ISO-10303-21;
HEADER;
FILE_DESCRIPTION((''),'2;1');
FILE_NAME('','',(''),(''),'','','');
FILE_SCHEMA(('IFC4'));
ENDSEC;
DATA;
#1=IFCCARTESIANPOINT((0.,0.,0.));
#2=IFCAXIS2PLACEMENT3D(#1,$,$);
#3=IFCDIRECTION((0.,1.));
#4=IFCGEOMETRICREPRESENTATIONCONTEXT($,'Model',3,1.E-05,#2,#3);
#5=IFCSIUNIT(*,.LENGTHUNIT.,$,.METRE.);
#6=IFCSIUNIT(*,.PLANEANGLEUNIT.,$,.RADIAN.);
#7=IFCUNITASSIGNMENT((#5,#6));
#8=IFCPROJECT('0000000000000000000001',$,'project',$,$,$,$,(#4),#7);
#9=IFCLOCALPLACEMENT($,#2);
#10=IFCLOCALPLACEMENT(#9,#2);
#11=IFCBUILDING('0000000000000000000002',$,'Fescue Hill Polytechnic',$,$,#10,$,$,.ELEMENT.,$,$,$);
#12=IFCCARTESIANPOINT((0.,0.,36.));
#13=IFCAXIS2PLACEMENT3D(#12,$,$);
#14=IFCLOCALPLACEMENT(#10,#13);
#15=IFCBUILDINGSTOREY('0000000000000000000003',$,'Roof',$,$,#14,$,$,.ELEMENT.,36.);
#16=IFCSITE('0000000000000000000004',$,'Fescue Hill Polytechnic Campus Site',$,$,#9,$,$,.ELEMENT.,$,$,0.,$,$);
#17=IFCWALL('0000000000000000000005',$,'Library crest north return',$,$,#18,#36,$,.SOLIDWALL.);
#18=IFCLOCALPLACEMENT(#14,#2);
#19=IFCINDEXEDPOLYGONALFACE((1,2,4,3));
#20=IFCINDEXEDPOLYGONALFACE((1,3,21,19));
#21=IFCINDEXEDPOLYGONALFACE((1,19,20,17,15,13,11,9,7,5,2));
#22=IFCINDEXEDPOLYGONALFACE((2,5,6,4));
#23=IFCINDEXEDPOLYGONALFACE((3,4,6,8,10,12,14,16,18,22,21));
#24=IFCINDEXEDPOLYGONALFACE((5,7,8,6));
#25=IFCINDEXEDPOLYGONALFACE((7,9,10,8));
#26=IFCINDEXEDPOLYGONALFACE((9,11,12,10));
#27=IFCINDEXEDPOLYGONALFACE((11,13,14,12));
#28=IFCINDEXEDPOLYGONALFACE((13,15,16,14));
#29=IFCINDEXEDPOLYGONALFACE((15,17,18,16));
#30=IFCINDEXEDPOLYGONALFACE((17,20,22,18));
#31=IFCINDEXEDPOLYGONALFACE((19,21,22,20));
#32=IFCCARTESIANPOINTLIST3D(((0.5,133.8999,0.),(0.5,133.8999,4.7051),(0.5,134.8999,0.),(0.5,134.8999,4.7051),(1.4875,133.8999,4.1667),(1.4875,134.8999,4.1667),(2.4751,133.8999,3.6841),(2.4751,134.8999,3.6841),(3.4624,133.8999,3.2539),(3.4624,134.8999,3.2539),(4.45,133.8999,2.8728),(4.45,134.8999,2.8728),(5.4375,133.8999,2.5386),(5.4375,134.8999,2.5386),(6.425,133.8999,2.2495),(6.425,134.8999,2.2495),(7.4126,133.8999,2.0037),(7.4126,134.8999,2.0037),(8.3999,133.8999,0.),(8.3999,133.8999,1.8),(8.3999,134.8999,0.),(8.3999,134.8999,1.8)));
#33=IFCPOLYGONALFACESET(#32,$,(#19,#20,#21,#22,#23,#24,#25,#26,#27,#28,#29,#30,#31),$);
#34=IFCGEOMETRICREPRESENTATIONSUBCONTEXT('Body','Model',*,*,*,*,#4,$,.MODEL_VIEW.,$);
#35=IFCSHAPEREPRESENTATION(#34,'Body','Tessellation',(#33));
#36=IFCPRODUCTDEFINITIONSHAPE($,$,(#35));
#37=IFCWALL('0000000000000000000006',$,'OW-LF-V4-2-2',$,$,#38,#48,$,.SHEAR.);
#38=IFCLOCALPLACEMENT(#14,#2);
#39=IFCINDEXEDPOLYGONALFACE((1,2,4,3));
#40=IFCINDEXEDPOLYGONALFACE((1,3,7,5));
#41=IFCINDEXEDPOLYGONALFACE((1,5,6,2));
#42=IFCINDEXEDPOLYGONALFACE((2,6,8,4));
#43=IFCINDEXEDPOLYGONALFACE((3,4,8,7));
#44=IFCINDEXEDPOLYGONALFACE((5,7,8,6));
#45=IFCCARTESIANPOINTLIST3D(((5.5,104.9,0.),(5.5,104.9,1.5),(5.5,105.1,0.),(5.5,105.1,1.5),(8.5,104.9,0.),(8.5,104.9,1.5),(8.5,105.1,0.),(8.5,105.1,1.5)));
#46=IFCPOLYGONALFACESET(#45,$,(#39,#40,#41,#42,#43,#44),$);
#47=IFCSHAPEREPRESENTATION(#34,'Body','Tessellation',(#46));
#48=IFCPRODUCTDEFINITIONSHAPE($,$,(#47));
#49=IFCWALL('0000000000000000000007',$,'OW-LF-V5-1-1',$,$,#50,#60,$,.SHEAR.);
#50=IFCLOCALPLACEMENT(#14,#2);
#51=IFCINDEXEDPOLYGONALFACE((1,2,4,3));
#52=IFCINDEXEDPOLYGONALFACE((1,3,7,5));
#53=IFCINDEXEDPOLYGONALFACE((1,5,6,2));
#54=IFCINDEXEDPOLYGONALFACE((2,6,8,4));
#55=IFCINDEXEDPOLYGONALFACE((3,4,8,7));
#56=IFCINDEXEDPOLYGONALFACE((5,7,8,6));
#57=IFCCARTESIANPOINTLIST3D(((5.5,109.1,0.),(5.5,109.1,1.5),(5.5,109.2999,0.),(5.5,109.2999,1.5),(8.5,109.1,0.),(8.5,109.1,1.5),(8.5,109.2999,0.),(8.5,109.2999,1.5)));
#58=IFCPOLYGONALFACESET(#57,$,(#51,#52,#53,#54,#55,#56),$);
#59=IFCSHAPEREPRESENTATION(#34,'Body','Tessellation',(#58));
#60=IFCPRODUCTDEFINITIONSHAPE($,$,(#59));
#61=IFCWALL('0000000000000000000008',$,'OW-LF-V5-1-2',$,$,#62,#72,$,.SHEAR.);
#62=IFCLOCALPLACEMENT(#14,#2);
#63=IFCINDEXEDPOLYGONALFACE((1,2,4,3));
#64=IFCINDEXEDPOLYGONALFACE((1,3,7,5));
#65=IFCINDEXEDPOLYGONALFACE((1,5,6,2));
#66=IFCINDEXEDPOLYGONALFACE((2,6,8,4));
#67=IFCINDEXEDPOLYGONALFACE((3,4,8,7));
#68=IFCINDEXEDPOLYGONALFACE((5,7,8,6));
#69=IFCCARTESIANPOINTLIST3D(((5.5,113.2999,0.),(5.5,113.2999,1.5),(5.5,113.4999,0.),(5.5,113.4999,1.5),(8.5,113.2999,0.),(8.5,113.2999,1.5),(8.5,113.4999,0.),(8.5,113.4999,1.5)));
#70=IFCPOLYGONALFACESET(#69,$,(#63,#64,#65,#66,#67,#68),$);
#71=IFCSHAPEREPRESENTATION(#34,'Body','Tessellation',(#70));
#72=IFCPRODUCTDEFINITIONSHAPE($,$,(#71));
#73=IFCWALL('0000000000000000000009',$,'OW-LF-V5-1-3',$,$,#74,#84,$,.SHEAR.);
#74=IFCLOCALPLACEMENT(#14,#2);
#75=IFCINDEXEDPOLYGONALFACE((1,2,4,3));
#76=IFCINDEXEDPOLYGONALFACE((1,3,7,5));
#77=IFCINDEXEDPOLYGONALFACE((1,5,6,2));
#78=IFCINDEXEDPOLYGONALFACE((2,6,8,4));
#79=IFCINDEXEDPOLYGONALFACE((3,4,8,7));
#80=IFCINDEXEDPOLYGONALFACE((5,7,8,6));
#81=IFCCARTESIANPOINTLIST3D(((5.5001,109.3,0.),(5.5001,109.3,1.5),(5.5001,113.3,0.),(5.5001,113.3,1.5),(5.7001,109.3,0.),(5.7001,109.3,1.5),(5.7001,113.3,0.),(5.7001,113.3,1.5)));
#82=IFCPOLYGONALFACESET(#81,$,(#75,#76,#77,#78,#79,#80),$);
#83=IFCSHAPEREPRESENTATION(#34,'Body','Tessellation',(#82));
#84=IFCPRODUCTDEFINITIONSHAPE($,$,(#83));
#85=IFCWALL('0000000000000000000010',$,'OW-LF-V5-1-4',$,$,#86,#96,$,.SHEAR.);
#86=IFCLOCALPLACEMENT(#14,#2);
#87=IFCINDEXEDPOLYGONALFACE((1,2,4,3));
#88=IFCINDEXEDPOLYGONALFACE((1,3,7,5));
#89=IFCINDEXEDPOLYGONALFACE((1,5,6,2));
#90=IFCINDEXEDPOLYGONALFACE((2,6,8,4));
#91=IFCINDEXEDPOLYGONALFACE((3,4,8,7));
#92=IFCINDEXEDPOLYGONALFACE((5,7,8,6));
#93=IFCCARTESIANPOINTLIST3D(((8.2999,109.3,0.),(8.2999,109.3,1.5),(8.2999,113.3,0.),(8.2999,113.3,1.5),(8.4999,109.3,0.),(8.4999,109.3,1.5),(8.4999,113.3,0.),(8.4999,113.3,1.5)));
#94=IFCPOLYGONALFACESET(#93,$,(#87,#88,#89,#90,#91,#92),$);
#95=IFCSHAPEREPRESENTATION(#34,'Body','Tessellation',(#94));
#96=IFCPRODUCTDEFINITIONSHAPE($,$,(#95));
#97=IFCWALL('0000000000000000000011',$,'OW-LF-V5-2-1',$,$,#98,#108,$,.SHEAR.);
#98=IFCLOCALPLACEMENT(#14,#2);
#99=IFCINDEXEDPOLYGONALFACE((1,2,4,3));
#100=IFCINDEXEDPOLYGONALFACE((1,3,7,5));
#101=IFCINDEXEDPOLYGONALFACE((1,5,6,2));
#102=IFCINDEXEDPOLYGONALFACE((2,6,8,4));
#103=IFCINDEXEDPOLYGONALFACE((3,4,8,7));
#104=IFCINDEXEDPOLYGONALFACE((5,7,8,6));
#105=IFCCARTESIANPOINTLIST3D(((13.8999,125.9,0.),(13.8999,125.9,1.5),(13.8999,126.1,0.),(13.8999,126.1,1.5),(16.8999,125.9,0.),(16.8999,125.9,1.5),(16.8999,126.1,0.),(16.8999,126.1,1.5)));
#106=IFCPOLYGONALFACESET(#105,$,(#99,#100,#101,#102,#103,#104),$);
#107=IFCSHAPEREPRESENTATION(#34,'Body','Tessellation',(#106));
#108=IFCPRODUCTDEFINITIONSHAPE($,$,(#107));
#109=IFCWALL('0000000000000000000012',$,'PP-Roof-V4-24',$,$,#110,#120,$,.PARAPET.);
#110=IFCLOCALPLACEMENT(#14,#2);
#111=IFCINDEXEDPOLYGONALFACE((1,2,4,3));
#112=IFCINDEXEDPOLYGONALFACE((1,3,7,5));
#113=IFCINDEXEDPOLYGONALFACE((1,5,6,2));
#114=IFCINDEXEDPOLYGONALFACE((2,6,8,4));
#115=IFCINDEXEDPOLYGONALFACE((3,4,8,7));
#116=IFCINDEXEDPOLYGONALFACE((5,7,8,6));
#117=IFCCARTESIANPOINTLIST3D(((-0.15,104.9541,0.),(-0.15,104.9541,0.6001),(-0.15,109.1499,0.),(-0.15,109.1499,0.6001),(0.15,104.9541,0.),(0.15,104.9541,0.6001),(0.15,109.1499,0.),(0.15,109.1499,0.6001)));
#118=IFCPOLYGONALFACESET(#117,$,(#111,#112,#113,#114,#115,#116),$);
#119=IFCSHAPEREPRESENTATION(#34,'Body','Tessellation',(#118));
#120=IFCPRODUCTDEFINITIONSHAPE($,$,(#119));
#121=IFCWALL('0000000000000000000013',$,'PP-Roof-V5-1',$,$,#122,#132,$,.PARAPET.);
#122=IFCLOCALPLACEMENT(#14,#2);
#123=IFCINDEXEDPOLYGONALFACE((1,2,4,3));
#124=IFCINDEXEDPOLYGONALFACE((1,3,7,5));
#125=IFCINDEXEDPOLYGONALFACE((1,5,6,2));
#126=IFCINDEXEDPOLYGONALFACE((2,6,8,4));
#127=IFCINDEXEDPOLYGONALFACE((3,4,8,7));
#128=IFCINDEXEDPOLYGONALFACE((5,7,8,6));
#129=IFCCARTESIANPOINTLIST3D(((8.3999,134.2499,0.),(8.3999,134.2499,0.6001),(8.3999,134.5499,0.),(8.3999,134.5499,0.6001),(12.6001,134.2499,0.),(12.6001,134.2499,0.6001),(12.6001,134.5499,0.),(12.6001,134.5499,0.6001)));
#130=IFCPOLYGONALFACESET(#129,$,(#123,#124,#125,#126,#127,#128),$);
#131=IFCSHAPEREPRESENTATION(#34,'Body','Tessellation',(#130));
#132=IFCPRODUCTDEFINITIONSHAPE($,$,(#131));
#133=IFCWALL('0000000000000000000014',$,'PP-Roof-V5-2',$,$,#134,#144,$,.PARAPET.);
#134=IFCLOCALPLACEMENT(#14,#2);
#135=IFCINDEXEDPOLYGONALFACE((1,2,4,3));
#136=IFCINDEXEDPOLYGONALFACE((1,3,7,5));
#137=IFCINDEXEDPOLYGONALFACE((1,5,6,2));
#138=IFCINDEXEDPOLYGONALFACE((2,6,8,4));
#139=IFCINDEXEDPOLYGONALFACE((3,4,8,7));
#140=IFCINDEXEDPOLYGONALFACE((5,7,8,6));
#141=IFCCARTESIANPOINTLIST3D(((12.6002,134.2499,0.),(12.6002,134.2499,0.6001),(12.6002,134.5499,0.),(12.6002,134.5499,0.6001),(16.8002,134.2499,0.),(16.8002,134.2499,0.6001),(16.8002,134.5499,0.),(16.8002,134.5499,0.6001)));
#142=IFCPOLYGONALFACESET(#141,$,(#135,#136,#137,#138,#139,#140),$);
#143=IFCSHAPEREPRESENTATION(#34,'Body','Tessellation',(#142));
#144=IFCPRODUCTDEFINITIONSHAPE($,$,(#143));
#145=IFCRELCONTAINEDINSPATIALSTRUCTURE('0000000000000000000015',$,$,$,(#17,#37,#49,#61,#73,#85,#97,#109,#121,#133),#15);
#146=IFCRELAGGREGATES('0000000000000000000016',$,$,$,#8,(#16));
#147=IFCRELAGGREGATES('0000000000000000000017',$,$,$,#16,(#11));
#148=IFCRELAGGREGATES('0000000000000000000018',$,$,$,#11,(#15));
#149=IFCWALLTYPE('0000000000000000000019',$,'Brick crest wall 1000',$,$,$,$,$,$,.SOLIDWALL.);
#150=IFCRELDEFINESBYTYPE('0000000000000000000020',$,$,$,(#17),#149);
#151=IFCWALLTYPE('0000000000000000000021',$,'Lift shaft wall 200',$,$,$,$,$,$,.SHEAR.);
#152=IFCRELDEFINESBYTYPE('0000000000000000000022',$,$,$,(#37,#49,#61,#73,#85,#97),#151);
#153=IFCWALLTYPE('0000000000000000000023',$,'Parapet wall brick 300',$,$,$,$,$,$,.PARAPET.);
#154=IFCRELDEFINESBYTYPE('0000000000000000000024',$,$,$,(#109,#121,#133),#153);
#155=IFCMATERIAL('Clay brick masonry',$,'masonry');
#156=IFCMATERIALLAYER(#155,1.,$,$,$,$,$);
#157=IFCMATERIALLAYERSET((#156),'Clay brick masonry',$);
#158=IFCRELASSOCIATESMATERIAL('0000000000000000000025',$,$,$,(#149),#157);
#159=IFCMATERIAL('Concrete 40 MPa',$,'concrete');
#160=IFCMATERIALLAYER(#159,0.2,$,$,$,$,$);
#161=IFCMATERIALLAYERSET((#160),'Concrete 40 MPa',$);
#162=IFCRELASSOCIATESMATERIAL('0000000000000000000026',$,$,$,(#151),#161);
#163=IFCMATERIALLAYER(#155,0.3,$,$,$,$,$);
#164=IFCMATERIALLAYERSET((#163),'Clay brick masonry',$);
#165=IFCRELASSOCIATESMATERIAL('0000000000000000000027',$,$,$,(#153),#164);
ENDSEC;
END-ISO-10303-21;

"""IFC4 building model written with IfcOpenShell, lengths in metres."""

from ifc_helpers import new_model, si_unit, direction, frame, frame_2d, origin, place, context, subcontext, project, spatial, polyline, rectangle, outline, extrude, material, layer, layer_set, type_object, element, save


model = new_model("IFC4")

# Units and contexts
model_context = context("Model", 3, precision=1e-05, world=origin(), true_north=direction((0.0, 1.0)))
body_context = subcontext(model_context, "Body", "Model", "MODEL_VIEW")
ifc_project = project(units=[si_unit("LENGTHUNIT", "METRE"), si_unit("PLANEANGLEUNIT", "RADIAN")], contexts=[model_context])

# Site, building, storey
site_placement = place(None, origin())
site = spatial("IfcSite", under=ifc_project, at=site_placement, Name="Fescue Hill Polytechnic Campus Site", CompositionType="ELEMENT", RefElevation=0.0)
building_placement = place(site_placement, origin())
building = spatial("IfcBuilding", under=site, at=building_placement, Name="Fescue Hill Polytechnic", CompositionType="ELEMENT")
storey_placement = place(building_placement, frame((0.0, 0.0, 36.0)))
storey = spatial("IfcBuildingStorey", under=building, at=storey_placement, Name="Roof", CompositionType="ELEMENT", Elevation=36.0)

# Shared definitions
ifc_material_1 = material(Name="Concrete 40 MPa", Category="concrete")

# Walls
ifc_material_2 = material(Name="Clay brick masonry", Category="masonry")
ifc_layer_1 = layer(ifc_material_2, 1.0)
ifc_layer_set_1 = layer_set([ifc_layer_1], Name="Clay brick masonry")
wall_type_1 = type_object("IfcWallType", Name="Brick crest wall 1000", PredefinedType="SOLIDWALL", material=ifc_layer_set_1)
wall_1_placement = place(storey_placement, frame((0.5, 134.3999, 0.0), z_axis=(0.0, 0.0, 1.0), x_axis=(1.0, 0.0, 0.0)))
element("IfcWall", 1, at=wall_1_placement, inside=storey, type_object=wall_type_1, Name="Library crest north return", PredefinedType="SOLIDWALL", context=body_context, shape_type="SweptSolid", body=[
    extrude(outline(polyline([(0.0, 0.0), (7.8999, 0.0), (7.8999, 1.8), (6.9126, 2.0037), (5.925, 2.2495), (4.9375, 2.5386), (3.95, 2.8728), (2.9624, 3.2539), (1.9751, 3.6841), (0.9875, 4.1667), (0.0, 4.7051), (0.0, 0.0)])), frame((0.0, 0.5, 0.0), z_axis=(0.0, -1.0, 0.0), x_axis=(1.0, 0.0, 0.0)), (0.0, 0.0, 1.0), 1.0),
])
ifc_layer_2 = layer(ifc_material_1, 0.2)
ifc_layer_set_2 = layer_set([ifc_layer_2], Name="Concrete 40 MPa")
wall_type_2 = type_object("IfcWallType", Name="Lift shaft wall 200", PredefinedType="SHEAR", material=ifc_layer_set_2)
for number, where, z_axis, x_axis, name in (
    (2, (5.5, 105.0, 0.0), (0.0, 0.0, 1.0), (1.0, 0.0, 0.0), "OW-LF-V4-2-2"),
    (3, (5.5, 109.2, 0.0), (0.0, 0.0, 1.0), (1.0, 0.0, 0.0), "OW-LF-V5-1-1"),
    (4, (5.5, 113.3999, 0.0), (0.0, 0.0, 1.0), (1.0, 0.0, 0.0), "OW-LF-V5-1-2"),
):
    element("IfcWall", number, at=place(storey_placement, frame(where, z_axis=z_axis, x_axis=x_axis)), inside=storey, type_object=wall_type_2, Name=name, PredefinedType="SHEAR", context=body_context, shape_type="SweptSolid", body=[
        extrude(rectangle(XDim=3.0, YDim=0.2, at=frame_2d((1.5, 0.0))), origin(), (0.0, 0.0, 1.0), 1.5),
    ])
for number, where, z_axis, x_axis, name in (
    (5, (5.6001, 109.3, 0.0), (0.0, 0.0, 1.0), (0.0, 1.0, 0.0), "OW-LF-V5-1-3"),
    (6, (8.3999, 109.3, 0.0), (0.0, 0.0, 1.0), (0.0, 1.0, 0.0), "OW-LF-V5-1-4"),
):
    element("IfcWall", number, at=place(storey_placement, frame(where, z_axis=z_axis, x_axis=x_axis)), inside=storey, type_object=wall_type_2, Name=name, PredefinedType="SHEAR", context=body_context, shape_type="SweptSolid", body=[
        extrude(rectangle(XDim=4.0, YDim=0.2, at=frame_2d((2.0, 0.0))), origin(), (0.0, 0.0, 1.0), 1.5),
    ])
wall_2_placement = place(storey_placement, frame((13.8999, 126.0, 0.0), z_axis=(0.0, 0.0, 1.0), x_axis=(1.0, 0.0, 0.0)))
element("IfcWall", 7, at=wall_2_placement, inside=storey, type_object=wall_type_2, Name="OW-LF-V5-2-1", PredefinedType="SHEAR", context=body_context, shape_type="SweptSolid", body=[
    extrude(rectangle(XDim=3.0, YDim=0.2, at=frame_2d((1.5, 0.0))), origin(), (0.0, 0.0, 1.0), 1.5),
])
ifc_layer_3 = layer(ifc_material_2, 0.3)
ifc_layer_set_3 = layer_set([ifc_layer_3], Name="Clay brick masonry")
wall_type_3 = type_object("IfcWallType", Name="Parapet wall brick 300", PredefinedType="PARAPET", material=ifc_layer_set_3)
wall_3_placement = place(storey_placement, frame((0.0, 104.9541, 0.0), z_axis=(0.0, 0.0, 1.0), x_axis=(0.0, 1.0, 0.0)))
element("IfcWall", 8, at=wall_3_placement, inside=storey, type_object=wall_type_3, Name="PP-Roof-V4-24", PredefinedType="PARAPET", context=body_context, shape_type="SweptSolid", body=[
    extrude(rectangle(XDim=4.1958, YDim=0.3, at=frame_2d((2.0979, 0.0))), origin(), (0.0, 0.0, 1.0), 0.6001),
])
wall_4_placement = place(storey_placement, frame((8.3999, 134.3999, 0.0), z_axis=(0.0, 0.0, 1.0), x_axis=(1.0, 0.0, 0.0)))
element("IfcWall", 9, at=wall_4_placement, inside=storey, type_object=wall_type_3, Name="PP-Roof-V5-1", PredefinedType="PARAPET", context=body_context, shape_type="SweptSolid", body=[
    extrude(rectangle(XDim=4.2002, YDim=0.3, at=frame_2d((2.1001, 0.0))), origin(), (0.0, 0.0, 1.0), 0.6001),
])
wall_5_placement = place(storey_placement, frame((12.6001, 134.3999, 0.0), z_axis=(0.0, 0.0, 1.0), x_axis=(1.0, 0.0, 0.0)))
element("IfcWall", 10, at=wall_5_placement, inside=storey, type_object=wall_type_3, Name="PP-Roof-V5-2", PredefinedType="PARAPET", context=body_context, shape_type="SweptSolid", body=[
    extrude(rectangle(XDim=4.2, YDim=0.3, at=frame_2d((2.1001, 0.0))), origin(), (0.0, 0.0, 1.0), 0.6001),
])

save(model, "model.ifc")
